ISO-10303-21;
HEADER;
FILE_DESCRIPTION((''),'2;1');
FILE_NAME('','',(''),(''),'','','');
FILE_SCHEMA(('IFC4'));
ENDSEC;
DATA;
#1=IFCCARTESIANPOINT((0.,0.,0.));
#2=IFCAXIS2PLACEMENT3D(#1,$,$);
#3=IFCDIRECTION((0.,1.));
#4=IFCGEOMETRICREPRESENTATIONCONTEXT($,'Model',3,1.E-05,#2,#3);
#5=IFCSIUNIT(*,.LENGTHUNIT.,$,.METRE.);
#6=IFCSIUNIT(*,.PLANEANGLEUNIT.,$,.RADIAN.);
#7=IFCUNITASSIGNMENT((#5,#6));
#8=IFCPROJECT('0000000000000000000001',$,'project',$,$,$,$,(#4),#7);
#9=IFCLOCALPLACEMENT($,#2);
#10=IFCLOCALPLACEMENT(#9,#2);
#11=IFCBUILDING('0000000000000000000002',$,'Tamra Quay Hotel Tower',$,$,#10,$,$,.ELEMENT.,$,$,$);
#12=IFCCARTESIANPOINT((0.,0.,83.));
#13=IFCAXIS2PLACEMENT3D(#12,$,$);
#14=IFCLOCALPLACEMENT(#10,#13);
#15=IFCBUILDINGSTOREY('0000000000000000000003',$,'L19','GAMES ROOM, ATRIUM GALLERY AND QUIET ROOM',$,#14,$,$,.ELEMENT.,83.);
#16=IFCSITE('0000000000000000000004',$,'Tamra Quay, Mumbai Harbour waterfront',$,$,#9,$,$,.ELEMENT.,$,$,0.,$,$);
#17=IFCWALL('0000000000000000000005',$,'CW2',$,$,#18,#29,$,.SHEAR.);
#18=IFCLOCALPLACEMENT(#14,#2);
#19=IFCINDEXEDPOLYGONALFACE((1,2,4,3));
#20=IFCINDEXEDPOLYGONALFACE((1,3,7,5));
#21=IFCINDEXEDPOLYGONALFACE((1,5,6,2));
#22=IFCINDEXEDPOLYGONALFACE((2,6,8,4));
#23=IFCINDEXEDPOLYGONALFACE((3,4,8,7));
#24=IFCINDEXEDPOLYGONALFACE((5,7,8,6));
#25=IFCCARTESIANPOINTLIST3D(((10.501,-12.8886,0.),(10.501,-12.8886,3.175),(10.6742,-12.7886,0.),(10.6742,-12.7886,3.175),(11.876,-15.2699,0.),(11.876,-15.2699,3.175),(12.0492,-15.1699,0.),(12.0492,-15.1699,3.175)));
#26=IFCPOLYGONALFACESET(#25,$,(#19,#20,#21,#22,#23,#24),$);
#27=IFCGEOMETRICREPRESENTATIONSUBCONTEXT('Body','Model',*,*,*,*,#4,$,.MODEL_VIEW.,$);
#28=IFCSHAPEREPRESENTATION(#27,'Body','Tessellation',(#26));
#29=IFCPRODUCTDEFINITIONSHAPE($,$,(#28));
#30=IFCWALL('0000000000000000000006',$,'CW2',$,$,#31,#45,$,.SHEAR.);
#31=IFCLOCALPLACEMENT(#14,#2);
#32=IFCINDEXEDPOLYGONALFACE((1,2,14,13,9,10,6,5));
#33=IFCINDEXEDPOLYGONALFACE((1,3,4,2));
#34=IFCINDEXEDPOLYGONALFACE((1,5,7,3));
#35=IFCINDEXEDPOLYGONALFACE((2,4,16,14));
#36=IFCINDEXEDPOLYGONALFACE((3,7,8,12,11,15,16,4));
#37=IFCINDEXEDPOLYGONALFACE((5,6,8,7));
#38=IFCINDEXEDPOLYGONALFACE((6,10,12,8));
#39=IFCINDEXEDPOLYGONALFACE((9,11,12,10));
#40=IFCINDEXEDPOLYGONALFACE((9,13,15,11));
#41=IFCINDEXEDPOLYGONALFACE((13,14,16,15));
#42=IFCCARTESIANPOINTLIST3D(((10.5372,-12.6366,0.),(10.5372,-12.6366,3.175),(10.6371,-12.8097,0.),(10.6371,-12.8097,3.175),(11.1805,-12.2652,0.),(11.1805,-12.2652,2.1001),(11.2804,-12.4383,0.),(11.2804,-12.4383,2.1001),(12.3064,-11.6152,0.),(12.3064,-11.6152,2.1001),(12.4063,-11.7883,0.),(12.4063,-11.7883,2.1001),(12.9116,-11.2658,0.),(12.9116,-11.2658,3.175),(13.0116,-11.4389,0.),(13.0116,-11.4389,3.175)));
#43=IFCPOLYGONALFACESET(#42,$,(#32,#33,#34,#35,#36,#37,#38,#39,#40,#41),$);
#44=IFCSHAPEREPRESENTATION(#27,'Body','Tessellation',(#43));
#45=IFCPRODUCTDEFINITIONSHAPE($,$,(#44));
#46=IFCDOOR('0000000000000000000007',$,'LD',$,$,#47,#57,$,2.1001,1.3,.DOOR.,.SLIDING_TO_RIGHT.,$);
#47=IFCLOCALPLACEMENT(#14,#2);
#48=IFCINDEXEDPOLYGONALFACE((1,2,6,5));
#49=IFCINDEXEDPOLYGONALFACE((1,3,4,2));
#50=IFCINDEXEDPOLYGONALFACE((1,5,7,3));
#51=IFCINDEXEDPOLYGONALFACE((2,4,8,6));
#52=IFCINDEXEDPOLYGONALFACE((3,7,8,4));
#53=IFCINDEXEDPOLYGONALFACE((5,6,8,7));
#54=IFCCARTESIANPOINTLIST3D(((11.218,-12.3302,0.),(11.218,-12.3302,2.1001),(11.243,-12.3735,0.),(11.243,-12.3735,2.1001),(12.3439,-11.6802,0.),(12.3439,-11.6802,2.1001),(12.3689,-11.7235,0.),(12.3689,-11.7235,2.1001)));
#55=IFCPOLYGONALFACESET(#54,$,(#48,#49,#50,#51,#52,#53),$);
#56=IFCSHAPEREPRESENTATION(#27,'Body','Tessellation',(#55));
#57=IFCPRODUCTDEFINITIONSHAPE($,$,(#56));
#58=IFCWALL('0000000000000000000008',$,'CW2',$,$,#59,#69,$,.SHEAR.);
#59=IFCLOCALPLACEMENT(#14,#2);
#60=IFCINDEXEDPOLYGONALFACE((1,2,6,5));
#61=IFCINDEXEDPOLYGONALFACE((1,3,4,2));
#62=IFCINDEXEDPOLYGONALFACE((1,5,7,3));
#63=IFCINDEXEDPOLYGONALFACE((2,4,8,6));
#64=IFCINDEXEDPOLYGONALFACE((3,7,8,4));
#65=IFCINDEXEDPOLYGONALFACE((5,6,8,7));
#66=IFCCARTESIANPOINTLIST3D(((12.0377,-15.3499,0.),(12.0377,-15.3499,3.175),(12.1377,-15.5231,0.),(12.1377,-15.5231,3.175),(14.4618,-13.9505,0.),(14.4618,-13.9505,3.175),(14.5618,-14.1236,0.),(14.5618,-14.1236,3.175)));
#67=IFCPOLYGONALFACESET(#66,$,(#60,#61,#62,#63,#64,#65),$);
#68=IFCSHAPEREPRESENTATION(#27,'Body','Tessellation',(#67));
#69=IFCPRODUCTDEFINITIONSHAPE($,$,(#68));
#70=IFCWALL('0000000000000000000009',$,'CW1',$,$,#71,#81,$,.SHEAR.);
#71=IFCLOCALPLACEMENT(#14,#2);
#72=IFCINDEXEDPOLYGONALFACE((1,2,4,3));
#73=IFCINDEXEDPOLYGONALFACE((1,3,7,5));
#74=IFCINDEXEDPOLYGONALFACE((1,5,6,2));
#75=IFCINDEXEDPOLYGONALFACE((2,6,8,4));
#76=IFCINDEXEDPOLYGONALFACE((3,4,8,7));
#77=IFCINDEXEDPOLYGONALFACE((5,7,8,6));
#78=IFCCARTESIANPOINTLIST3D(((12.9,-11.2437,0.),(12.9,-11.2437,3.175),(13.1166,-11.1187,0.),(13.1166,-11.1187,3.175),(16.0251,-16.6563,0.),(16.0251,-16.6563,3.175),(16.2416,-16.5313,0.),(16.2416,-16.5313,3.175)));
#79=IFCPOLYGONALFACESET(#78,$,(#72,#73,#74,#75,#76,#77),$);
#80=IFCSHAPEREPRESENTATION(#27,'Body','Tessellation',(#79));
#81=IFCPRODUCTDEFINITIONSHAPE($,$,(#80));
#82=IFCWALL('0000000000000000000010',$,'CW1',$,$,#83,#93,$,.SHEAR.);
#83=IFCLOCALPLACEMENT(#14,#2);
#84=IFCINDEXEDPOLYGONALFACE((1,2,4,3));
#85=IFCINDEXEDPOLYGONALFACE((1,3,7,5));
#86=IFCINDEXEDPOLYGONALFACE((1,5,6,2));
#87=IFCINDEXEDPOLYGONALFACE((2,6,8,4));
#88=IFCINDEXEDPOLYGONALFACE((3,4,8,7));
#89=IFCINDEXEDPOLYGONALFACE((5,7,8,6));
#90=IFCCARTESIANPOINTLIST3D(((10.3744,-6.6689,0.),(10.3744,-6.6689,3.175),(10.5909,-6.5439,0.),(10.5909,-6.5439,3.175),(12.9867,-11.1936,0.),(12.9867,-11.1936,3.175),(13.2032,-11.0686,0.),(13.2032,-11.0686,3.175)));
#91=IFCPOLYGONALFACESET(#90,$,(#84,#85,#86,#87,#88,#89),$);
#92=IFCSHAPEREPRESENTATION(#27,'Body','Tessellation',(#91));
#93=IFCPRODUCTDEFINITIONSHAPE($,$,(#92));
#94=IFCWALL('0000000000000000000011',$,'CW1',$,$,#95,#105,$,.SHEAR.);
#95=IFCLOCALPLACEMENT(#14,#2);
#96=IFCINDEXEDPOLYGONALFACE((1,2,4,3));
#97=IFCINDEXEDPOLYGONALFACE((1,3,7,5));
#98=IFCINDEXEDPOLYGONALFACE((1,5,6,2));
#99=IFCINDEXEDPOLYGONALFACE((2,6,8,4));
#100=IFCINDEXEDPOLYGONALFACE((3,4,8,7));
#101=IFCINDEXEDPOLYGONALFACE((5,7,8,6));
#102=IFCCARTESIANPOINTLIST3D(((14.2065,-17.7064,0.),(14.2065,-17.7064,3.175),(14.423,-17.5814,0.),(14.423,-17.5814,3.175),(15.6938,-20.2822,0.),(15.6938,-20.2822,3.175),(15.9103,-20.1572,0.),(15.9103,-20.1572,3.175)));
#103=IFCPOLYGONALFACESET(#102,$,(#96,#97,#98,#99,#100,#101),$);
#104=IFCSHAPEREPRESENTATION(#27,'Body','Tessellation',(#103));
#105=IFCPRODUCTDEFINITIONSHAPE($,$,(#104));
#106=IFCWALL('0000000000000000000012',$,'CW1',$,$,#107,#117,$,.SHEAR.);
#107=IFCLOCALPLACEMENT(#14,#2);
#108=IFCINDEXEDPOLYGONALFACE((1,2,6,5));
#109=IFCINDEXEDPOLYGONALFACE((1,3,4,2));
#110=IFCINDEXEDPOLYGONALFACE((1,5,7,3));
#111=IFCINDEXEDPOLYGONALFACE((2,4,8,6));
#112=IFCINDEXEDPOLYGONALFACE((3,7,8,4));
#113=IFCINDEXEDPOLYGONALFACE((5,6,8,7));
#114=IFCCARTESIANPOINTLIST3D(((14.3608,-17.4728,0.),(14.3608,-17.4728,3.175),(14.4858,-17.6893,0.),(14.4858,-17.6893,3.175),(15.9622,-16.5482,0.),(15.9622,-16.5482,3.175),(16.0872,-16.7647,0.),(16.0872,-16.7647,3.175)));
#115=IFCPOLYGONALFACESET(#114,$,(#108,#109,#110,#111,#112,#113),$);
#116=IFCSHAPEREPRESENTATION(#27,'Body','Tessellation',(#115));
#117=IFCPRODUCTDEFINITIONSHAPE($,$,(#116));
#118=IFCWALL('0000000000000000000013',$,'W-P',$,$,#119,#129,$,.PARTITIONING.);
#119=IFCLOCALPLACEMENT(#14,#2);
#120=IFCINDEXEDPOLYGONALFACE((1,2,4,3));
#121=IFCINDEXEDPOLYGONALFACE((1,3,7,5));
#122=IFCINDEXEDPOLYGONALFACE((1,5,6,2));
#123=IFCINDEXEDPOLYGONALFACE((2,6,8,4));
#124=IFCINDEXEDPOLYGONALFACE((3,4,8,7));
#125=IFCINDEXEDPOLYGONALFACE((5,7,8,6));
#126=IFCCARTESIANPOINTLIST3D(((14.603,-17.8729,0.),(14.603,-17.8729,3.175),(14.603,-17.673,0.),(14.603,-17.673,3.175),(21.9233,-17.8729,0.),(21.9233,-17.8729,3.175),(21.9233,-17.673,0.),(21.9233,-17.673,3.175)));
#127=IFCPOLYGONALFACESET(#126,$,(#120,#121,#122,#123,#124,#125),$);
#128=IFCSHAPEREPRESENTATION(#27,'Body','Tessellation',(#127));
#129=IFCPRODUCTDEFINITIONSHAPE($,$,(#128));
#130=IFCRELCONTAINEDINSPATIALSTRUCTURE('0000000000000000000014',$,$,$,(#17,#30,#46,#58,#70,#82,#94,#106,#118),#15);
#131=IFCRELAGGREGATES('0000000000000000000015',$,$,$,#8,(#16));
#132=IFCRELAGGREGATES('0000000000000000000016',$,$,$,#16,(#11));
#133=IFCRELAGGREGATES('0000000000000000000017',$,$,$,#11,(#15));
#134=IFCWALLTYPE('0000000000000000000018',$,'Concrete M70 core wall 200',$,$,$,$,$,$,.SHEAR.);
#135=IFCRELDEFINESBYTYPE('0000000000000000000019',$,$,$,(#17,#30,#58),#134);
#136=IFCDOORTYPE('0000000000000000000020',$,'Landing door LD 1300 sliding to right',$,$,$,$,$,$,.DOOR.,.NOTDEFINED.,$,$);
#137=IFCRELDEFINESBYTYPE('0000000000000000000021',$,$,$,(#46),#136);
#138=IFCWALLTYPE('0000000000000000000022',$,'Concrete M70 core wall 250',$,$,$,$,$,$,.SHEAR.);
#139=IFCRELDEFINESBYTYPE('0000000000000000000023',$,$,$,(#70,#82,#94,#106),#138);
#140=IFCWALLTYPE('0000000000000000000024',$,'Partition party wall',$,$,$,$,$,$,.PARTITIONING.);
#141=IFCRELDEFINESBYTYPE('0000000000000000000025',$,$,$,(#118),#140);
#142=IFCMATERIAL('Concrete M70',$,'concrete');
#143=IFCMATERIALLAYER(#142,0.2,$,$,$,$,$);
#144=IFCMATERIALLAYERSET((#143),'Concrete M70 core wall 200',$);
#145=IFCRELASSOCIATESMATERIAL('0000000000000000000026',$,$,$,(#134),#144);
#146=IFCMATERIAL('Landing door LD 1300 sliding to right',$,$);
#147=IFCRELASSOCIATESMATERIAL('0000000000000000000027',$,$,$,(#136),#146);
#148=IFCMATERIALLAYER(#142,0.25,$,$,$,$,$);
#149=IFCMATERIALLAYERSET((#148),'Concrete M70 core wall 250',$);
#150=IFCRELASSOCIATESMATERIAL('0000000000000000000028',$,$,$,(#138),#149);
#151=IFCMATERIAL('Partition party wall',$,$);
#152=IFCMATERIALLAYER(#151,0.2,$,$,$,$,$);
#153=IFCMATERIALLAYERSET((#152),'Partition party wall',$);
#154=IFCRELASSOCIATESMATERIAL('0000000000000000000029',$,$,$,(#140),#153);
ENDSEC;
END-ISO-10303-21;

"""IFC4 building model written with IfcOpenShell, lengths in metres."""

from ifc_helpers import new_model, si_unit, direction, frame, frame_2d, origin, place, context, subcontext, project, spatial, rectangle, extrude, material, layer, layer_set, type_object, element, fill, save


model = new_model("IFC4")

# Units and contexts
model_context = context("Model", 3, precision=1e-05, world=origin(), true_north=direction((0.0, 1.0)))
body_context = subcontext(model_context, "Body", "Model", "MODEL_VIEW")
ifc_project = project(units=[si_unit("LENGTHUNIT", "METRE"), si_unit("PLANEANGLEUNIT", "RADIAN")], contexts=[model_context])

# Site, building, storey
site_placement = place(None, origin())
site = spatial("IfcSite", under=ifc_project, at=site_placement, Name="Tamra Quay, Mumbai Harbour waterfront", CompositionType="ELEMENT", RefElevation=0.0)
building_placement = place(site_placement, origin())
building = spatial("IfcBuilding", under=site, at=building_placement, Name="Tamra Quay Hotel Tower", CompositionType="ELEMENT")
storey_placement = place(building_placement, frame((0.0, 0.0, 83.0)))
storey = spatial("IfcBuildingStorey", under=building, at=storey_placement, Name="L19", Description="GAMES ROOM, ATRIUM GALLERY AND QUIET ROOM", CompositionType="ELEMENT", Elevation=83.0)

# Shared definitions
ifc_material_1 = material(Name="Concrete M70", Category="concrete")

# Wall
ifc_layer_1 = layer(ifc_material_1, 0.2)
ifc_layer_set_1 = layer_set([ifc_layer_1], Name="Concrete M70 core wall 200")
wall_type_1 = type_object("IfcWallType", Name="Concrete M70 core wall 200", PredefinedType="SHEAR", material=ifc_layer_set_1)
wall_1_placement = place(storey_placement, frame((11.9626, -15.22, 0.0), z_axis=(0.0, 0.0, 1.0), x_axis=(-0.500035, 0.866005, 0.0)))
element("IfcWall", 1, at=wall_1_placement, inside=storey, type_object=wall_type_1, Name="CW2", PredefinedType="SHEAR", context=body_context, shape_type="SweptSolid", body=[
    extrude(rectangle(XDim=2.7498, YDim=0.2, at=frame_2d((1.375, 0.0))), origin(), (0.0, 0.0, 1.0), 3.175),
])

# Wall, opening, door
wall_2_placement = place(storey_placement, frame((10.5872, -12.7231, 0.0), z_axis=(0.0, 0.0, 1.0), x_axis=(0.866037, 0.499979, 0.0)))
wall_2 = element("IfcWall", 2, at=wall_2_placement, inside=storey, type_object=wall_type_1, Name="CW2", PredefinedType="SHEAR", context=body_context, shape_type="SweptSolid", body=[
    extrude(rectangle(XDim=2.7417, YDim=0.2, at=frame_2d((1.3708, 0.0))), origin(), (0.0, 0.0, 1.0), 3.175),
])
opening_placement = place(wall_2_placement, frame((0.7429, 0.0, 0.0)))
opening = element("IfcOpeningElement", 3, at=opening_placement, cuts=wall_2, PredefinedType="OPENING", context=body_context, shape_type="SweptSolid", body=[
    extrude(rectangle(XDim=1.3, YDim=2.1001, at=frame_2d((0.6499, 1.05))), frame((0.0, 0.1099, 0.0), z_axis=(0.0, -1.0, 0.0), x_axis=(1.0, 0.0, 0.0)), (0.0, 0.0, 1.0), 0.22),
])
ifc_material_2 = material(Name="Landing door LD 1300 sliding to right")
door_type = type_object("IfcDoorType", Name="Landing door LD 1300 sliding to right", OperationType="NOTDEFINED", PredefinedType="DOOR", material=ifc_material_2)
door_placement = place(opening_placement, origin())
door = element("IfcDoor", 4, at=door_placement, inside=storey, type_object=door_type, Name="LD", OperationType="SLIDING_TO_RIGHT", OverallHeight=2.1001, OverallWidth=1.3, PredefinedType="DOOR", context=body_context, shape_type="SweptSolid", body=[
    extrude(rectangle(XDim=1.3, YDim=2.1001, at=frame_2d((0.6499, 1.05))), frame((0.0, 0.0249, 0.0), z_axis=(0.0, -1.0, 0.0), x_axis=(1.0, 0.0, 0.0)), (0.0, 0.0, 1.0), 0.05),
])
fill(opening, door)

# Walls
wall_3_placement = place(storey_placement, frame((14.5117, -14.0371, 0.0), z_axis=(0.0, 0.0, 1.0), x_axis=(-0.866045, -0.499967, 0.0)))
element("IfcWall", 5, at=wall_3_placement, inside=storey, type_object=wall_type_1, Name="CW2", PredefinedType="SHEAR", context=body_context, shape_type="SweptSolid", body=[
    extrude(rectangle(XDim=2.7991, YDim=0.2, at=frame_2d((1.3994, 0.0))), origin(), (0.0, 0.0, 1.0), 3.175),
])
ifc_layer_2 = layer(ifc_material_1, 0.25)
ifc_layer_set_2 = layer_set([ifc_layer_2], Name="Concrete M70 core wall 250")
wall_type_2 = type_object("IfcWallType", Name="Concrete M70 core wall 250", PredefinedType="SHEAR", material=ifc_layer_set_2)
wall_4_placement = place(storey_placement, frame((13.0083, -11.1812, 0.0), z_axis=(0.0, 0.0, 1.0), x_axis=(0.500004, -0.866023, 0.0)))
element("IfcWall", 6, at=wall_4_placement, inside=storey, type_object=wall_type_2, Name="CW1", PredefinedType="SHEAR", context=body_context, shape_type="SweptSolid", body=[
    extrude(rectangle(XDim=6.25, YDim=0.25, at=frame_2d((3.125, 0.0))), origin(), (0.0, 0.0, 1.0), 3.175),
])
wall_5_placement = place(storey_placement, frame((10.4827, -6.6064, 0.0), z_axis=(0.0, 0.0, 1.0), x_axis=(0.499999, -0.866026, 0.0)))
element("IfcWall", 7, at=wall_5_placement, inside=storey, type_object=wall_type_2, Name="CW1", PredefinedType="SHEAR", context=body_context, shape_type="SweptSolid", body=[
    extrude(rectangle(XDim=5.2246, YDim=0.25, at=frame_2d((2.6123, 0.0))), origin(), (0.0, 0.0, 1.0), 3.175),
])
wall_6_placement = place(storey_placement, frame((14.3147, -17.6438, 0.0), z_axis=(0.0, 0.0, 1.0), x_axis=(0.500023, -0.866012, 0.0)))
element("IfcWall", 8, at=wall_6_placement, inside=storey, type_object=wall_type_2, Name="CW1", PredefinedType="SHEAR", context=body_context, shape_type="SweptSolid", body=[
    extrude(rectangle(XDim=2.9744, YDim=0.25, at=frame_2d((1.4873, 0.0))), origin(), (0.0, 0.0, 1.0), 3.175),
])
wall_7_placement = place(storey_placement, frame((16.0247, -16.6565, 0.0), z_axis=(0.0, 0.0, 1.0), x_axis=(-0.866016, -0.500016, 0.0)))
element("IfcWall", 9, at=wall_7_placement, inside=storey, type_object=wall_type_2, Name="CW1", PredefinedType="SHEAR", context=body_context, shape_type="SweptSolid", body=[
    extrude(rectangle(XDim=1.8491, YDim=0.25, at=frame_2d((0.9246, 0.0))), origin(), (0.0, 0.0, 1.0), 3.175),
])
ifc_material_3 = material(Name="Partition party wall")
ifc_layer_3 = layer(ifc_material_3, 0.2)
ifc_layer_set_3 = layer_set([ifc_layer_3], Name="Partition party wall")
wall_type_3 = type_object("IfcWallType", Name="Partition party wall", PredefinedType="PARTITIONING", material=ifc_layer_set_3)
wall_8_placement = place(storey_placement, frame((14.603, -17.7729, 0.0), z_axis=(0.0, 0.0, 1.0), x_axis=(1.0, 0.0, 0.0)))
element("IfcWall", 10, at=wall_8_placement, inside=storey, type_object=wall_type_3, Name="W-P", PredefinedType="PARTITIONING", context=body_context, shape_type="SweptSolid", body=[
    extrude(rectangle(XDim=7.3203, YDim=0.2, at=frame_2d((3.6602, 0.0))), origin(), (0.0, 0.0, 1.0), 3.175),
])

save(model, "model.ifc")
